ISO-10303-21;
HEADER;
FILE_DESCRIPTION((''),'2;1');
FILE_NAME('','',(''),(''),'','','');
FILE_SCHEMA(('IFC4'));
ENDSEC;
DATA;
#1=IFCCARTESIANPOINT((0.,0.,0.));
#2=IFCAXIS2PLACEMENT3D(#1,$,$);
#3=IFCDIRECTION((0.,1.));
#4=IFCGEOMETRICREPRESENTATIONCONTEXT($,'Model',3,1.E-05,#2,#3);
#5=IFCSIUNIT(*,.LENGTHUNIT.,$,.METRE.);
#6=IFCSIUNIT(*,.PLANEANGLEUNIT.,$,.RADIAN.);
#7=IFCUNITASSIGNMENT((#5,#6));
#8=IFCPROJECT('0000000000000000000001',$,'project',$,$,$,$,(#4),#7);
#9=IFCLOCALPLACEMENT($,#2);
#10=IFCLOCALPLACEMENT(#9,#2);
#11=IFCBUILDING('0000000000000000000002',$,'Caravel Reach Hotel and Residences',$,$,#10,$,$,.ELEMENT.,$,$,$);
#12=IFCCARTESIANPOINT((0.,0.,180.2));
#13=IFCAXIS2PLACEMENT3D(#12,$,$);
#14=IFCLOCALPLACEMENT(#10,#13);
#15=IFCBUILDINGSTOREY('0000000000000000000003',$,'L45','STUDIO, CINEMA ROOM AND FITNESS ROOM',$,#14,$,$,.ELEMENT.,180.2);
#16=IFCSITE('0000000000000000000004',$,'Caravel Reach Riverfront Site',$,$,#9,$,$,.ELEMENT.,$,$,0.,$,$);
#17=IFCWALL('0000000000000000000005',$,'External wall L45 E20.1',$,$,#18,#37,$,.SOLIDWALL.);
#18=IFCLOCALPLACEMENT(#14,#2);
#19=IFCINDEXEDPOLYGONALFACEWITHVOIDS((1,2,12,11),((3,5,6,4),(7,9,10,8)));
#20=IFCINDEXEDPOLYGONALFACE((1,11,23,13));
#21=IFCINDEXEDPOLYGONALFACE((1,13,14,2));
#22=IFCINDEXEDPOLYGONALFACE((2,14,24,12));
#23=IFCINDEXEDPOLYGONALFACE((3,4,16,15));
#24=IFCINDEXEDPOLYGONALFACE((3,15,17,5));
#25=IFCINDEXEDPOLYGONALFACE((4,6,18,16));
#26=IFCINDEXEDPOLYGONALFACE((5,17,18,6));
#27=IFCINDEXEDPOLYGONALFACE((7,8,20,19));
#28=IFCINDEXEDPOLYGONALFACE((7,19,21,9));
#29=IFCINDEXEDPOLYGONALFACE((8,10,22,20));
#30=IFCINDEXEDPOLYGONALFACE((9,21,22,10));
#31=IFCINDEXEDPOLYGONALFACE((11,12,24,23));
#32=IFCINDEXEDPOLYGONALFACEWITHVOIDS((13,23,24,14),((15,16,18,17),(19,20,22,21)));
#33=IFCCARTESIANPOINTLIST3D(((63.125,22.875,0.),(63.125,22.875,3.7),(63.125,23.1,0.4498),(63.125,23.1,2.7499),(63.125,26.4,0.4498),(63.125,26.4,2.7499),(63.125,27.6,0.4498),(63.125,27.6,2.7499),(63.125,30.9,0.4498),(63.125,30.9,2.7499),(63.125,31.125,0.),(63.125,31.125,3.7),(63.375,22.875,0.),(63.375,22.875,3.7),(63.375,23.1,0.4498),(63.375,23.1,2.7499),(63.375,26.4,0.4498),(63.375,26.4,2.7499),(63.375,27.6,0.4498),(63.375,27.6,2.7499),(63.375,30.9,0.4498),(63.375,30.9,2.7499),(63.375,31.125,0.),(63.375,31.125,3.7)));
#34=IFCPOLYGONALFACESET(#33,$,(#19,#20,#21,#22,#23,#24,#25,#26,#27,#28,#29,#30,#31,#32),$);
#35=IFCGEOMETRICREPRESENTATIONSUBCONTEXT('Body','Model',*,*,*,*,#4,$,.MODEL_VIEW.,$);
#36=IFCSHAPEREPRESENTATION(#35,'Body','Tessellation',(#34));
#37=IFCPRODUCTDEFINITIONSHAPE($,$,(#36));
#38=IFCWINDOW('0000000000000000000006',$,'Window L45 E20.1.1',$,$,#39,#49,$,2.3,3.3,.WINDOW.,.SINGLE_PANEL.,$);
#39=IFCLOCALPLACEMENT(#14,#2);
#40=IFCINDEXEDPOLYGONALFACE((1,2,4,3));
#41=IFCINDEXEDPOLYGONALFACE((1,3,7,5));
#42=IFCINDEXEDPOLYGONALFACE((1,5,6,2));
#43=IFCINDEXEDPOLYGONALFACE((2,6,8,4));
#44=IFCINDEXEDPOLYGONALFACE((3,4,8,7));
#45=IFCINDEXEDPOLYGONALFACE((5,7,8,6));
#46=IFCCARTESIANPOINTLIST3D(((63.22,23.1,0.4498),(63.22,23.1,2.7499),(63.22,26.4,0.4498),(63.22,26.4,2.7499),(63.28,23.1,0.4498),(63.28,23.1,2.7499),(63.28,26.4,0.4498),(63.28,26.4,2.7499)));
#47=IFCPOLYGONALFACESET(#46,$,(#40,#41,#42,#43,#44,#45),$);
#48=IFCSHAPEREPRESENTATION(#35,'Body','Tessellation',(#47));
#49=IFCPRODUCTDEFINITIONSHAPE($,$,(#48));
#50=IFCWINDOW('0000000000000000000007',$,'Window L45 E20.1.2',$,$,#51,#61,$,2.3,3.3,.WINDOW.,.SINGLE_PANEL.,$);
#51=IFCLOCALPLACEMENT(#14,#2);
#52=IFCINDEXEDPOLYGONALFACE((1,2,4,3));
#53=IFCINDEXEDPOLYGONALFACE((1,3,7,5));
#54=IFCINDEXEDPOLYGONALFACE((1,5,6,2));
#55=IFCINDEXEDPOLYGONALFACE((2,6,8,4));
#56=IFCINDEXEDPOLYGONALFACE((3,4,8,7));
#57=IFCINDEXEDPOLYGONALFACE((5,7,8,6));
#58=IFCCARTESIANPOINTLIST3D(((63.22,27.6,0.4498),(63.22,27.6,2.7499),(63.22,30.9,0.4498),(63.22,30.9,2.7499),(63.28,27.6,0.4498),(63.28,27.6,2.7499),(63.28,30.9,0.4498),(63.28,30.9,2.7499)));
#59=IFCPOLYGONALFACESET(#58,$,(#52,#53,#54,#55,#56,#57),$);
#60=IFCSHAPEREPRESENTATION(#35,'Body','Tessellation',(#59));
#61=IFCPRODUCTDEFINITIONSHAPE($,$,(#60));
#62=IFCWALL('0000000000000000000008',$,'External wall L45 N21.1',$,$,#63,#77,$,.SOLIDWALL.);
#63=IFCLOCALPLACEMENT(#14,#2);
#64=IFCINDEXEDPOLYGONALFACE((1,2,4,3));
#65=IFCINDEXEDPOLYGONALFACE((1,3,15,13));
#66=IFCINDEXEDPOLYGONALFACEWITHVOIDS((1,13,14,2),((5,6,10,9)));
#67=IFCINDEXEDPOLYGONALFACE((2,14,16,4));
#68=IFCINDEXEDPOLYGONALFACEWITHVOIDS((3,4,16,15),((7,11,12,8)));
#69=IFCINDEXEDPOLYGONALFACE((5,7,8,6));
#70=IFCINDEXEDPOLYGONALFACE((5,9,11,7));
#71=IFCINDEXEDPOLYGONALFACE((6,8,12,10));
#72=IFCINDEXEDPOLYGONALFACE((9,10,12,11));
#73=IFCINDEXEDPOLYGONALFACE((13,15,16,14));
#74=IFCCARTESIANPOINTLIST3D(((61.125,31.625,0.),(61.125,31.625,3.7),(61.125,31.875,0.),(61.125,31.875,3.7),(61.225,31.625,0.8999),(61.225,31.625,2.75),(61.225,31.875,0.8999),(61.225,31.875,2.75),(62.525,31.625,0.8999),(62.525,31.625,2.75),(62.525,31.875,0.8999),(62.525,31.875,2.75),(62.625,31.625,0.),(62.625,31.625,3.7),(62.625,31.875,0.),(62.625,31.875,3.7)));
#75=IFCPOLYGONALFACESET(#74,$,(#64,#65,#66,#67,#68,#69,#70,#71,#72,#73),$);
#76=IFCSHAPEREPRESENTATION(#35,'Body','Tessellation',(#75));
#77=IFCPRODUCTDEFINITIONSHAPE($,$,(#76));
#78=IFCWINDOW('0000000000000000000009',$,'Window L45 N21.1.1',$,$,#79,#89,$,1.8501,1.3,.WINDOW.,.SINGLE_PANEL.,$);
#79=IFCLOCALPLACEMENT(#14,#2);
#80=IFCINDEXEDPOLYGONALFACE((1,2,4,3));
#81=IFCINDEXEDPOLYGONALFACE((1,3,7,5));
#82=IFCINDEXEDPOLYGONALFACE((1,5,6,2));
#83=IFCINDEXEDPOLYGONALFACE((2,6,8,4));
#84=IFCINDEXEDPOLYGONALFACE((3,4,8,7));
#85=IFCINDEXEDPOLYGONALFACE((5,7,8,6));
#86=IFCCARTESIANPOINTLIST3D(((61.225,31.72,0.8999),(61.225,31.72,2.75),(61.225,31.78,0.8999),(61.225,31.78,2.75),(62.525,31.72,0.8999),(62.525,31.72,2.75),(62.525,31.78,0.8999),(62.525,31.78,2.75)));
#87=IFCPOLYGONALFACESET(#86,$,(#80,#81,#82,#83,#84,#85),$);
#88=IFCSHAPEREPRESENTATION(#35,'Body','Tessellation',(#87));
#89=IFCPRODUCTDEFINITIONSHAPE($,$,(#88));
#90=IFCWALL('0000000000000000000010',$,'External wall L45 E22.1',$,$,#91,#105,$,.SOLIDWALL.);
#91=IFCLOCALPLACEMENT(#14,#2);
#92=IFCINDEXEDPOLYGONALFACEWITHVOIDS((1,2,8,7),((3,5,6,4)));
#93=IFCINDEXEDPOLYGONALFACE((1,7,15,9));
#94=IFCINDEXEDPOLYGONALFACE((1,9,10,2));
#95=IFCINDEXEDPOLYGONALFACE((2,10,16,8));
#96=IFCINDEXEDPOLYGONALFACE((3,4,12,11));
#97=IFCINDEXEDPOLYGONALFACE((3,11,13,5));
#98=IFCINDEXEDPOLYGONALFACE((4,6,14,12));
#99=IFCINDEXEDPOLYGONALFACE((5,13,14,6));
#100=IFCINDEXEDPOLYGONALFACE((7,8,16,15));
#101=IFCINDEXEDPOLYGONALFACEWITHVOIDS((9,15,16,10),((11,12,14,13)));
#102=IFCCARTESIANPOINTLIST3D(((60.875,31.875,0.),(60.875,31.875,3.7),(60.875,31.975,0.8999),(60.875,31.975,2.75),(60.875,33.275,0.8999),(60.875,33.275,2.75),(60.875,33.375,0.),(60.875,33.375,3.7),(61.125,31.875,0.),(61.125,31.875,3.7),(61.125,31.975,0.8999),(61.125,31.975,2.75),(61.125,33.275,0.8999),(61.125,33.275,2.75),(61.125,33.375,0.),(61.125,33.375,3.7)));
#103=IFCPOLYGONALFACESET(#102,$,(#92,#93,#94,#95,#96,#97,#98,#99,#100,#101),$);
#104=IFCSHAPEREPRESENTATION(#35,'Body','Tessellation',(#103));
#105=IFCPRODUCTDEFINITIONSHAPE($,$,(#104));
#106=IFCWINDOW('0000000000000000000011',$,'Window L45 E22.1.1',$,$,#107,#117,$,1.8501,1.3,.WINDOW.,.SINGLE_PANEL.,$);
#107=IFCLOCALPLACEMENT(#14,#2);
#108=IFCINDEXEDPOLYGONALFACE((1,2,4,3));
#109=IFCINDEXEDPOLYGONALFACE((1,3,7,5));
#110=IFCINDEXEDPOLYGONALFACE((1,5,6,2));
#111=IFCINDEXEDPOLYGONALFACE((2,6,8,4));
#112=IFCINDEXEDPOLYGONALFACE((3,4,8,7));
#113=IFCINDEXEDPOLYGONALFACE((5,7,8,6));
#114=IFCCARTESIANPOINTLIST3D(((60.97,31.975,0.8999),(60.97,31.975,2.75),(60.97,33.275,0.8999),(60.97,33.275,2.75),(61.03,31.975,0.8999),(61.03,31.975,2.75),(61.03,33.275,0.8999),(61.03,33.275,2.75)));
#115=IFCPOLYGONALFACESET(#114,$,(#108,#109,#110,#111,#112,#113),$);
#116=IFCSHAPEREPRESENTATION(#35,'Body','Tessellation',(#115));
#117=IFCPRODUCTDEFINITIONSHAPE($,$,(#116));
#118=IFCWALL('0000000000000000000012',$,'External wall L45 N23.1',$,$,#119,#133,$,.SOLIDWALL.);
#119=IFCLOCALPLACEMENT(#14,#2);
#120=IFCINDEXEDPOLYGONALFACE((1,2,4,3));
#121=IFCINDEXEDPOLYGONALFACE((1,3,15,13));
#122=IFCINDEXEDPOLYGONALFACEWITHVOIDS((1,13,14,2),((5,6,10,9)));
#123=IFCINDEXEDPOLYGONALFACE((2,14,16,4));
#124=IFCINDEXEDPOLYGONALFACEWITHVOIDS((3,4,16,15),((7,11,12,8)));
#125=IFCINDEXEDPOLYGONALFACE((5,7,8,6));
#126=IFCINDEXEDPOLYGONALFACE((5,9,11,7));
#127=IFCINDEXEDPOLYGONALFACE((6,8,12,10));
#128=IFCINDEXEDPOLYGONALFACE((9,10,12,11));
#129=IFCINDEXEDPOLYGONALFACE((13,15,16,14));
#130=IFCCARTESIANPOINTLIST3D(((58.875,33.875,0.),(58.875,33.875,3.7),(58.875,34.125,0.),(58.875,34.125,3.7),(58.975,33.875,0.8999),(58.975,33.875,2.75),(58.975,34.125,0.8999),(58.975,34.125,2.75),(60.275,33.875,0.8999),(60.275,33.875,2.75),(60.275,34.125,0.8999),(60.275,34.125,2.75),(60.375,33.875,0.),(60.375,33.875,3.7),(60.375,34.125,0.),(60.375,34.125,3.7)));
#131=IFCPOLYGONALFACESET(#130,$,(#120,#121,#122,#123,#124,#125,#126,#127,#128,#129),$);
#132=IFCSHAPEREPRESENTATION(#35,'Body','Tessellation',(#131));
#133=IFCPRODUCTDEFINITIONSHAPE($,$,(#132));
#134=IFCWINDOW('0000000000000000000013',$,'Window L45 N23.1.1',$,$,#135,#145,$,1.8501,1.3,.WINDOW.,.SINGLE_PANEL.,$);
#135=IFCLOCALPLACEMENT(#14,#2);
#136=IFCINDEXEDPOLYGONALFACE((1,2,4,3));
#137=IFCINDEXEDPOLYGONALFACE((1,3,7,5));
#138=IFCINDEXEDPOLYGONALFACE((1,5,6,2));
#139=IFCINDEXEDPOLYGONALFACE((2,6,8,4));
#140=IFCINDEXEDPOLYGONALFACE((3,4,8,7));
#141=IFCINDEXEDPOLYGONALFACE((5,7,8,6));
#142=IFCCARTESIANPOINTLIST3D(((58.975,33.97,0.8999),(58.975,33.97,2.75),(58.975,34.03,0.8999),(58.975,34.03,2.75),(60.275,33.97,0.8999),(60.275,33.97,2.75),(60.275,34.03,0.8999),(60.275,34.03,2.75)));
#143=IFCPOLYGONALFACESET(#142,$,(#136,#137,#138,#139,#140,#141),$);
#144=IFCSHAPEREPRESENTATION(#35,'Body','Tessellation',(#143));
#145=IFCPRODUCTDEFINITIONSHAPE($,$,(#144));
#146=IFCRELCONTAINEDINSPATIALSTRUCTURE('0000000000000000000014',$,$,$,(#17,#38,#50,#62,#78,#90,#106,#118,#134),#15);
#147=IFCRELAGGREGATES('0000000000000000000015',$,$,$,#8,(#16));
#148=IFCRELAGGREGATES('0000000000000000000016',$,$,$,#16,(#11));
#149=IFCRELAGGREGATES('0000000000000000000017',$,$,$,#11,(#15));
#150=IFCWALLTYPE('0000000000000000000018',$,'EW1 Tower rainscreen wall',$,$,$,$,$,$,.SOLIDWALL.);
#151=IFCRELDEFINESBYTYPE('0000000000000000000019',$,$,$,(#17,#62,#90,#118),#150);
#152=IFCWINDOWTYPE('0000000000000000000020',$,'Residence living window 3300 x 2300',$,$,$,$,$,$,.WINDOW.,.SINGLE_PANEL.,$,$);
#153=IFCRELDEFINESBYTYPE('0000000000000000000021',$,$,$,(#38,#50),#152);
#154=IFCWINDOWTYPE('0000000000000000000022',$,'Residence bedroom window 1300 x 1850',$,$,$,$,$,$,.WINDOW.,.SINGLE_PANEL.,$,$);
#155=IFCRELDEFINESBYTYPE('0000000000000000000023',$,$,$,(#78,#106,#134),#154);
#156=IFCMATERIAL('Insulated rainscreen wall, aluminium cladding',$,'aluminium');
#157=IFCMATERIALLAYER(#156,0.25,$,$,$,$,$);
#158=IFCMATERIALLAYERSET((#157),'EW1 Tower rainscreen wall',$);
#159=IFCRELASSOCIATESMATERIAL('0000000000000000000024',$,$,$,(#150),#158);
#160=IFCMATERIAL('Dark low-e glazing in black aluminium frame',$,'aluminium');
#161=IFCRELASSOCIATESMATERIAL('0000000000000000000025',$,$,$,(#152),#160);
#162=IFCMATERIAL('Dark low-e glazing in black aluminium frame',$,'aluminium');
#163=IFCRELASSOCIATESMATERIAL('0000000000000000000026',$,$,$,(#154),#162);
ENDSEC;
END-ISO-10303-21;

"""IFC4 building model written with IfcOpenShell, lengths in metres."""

from ifc_helpers import new_model, si_unit, direction, frame, frame_2d, origin, place, context, subcontext, project, spatial, rectangle, extrude, material, layer, layer_set, type_object, element, fill, save


model = new_model("IFC4")

# Units and contexts
model_context = context("Model", 3, precision=1e-05, world=origin(), true_north=direction((0.0, 1.0)))
body_context = subcontext(model_context, "Body", "Model", "MODEL_VIEW")
ifc_project = project(units=[si_unit("LENGTHUNIT", "METRE"), si_unit("PLANEANGLEUNIT", "RADIAN")], contexts=[model_context])

# Site, building, storey
site_placement = place(None, origin())
site = spatial("IfcSite", under=ifc_project, at=site_placement, Name="Caravel Reach Riverfront Site", CompositionType="ELEMENT", RefElevation=0.0)
building_placement = place(site_placement, origin())
building = spatial("IfcBuilding", under=site, at=building_placement, Name="Caravel Reach Hotel and Residences", CompositionType="ELEMENT")
storey_placement = place(building_placement, frame((0.0, 0.0, 180.2)))
storey = spatial("IfcBuildingStorey", under=building, at=storey_placement, Name="L45", Description="STUDIO, CINEMA ROOM AND FITNESS ROOM", CompositionType="ELEMENT", Elevation=180.2)

# Wall, openings, windows
ifc_material_1 = material(Name="Insulated rainscreen wall, aluminium cladding", Category="aluminium")
ifc_layer_1 = layer(ifc_material_1, 0.25)
ifc_layer_set_1 = layer_set([ifc_layer_1], Name="EW1 Tower rainscreen wall")
wall_type_1 = type_object("IfcWallType", Name="EW1 Tower rainscreen wall", PredefinedType="SOLIDWALL", material=ifc_layer_set_1)
wall_1_placement = place(storey_placement, frame((63.25, 22.875, 0.0), z_axis=(0.0, 0.0, 1.0), x_axis=(0.0, 1.0, 0.0)))
wall_1 = element("IfcWall", 1, at=wall_1_placement, inside=storey, type_object=wall_type_1, Name="External wall L45 E20.1", PredefinedType="SOLIDWALL", context=body_context, shape_type="SweptSolid", body=[
    extrude(rectangle(XDim=8.25, YDim=0.25, at=frame_2d((4.125, 0.0))), origin(), (0.0, 0.0, 1.0), 3.7),
])
opening_1_placement = place(wall_1_placement, frame((0.2251, 0.0, 0.45)))
opening_1 = element("IfcOpeningElement", 2, at=opening_1_placement, cuts=wall_1, PredefinedType="OPENING", context=body_context, shape_type="SweptSolid", body=[
    extrude(rectangle(XDim=3.3, YDim=2.3, at=frame_2d((1.6499, 1.1499))), frame((0.0, 0.135, 0.0), z_axis=(0.0, -1.0, 0.0), x_axis=(1.0, 0.0, 0.0)), (0.0, 0.0, 1.0), 0.27),
])
opening_2_placement = place(wall_1_placement, frame((4.7251, 0.0, 0.45)))
opening_2 = element("IfcOpeningElement", 3, at=opening_2_placement, cuts=wall_1, PredefinedType="OPENING", context=body_context, shape_type="SweptSolid", body=[
    extrude(rectangle(XDim=3.3, YDim=2.3, at=frame_2d((1.6499, 1.1499))), frame((0.0, 0.135, 0.0), z_axis=(0.0, -1.0, 0.0), x_axis=(1.0, 0.0, 0.0)), (0.0, 0.0, 1.0), 0.27),
])
ifc_material_2 = material(Name="Dark low-e glazing in black aluminium frame", Category="aluminium")
window_type_1 = type_object("IfcWindowType", Name="Residence living window 3300 x 2300", PartitioningType="SINGLE_PANEL", PredefinedType="WINDOW", material=ifc_material_2)
window_1_placement = place(opening_1_placement, origin())
window_1 = element("IfcWindow", 4, at=window_1_placement, inside=storey, type_object=window_type_1, Name="Window L45 E20.1.1", OverallHeight=2.3, OverallWidth=3.3, PartitioningType="SINGLE_PANEL", PredefinedType="WINDOW", context=body_context, shape_type="SweptSolid", body=[
    extrude(rectangle(XDim=3.3, YDim=2.3, at=frame_2d((1.6499, 1.1499))), frame((0.0, 0.03, 0.0), z_axis=(0.0, -1.0, 0.0), x_axis=(1.0, 0.0, 0.0)), (0.0, 0.0, 1.0), 0.0601),
])
fill(opening_1, window_1)
window_2_placement = place(opening_2_placement, origin())
window_2 = element("IfcWindow", 5, at=window_2_placement, inside=storey, type_object=window_type_1, Name="Window L45 E20.1.2", OverallHeight=2.3, OverallWidth=3.3, PartitioningType="SINGLE_PANEL", PredefinedType="WINDOW", context=body_context, shape_type="SweptSolid", body=[
    extrude(rectangle(XDim=3.3, YDim=2.3, at=frame_2d((1.6499, 1.1499))), frame((0.0, 0.03, 0.0), z_axis=(0.0, -1.0, 0.0), x_axis=(1.0, 0.0, 0.0)), (0.0, 0.0, 1.0), 0.0601),
])
fill(opening_2, window_2)

# Walls, openings, windows
wall_2_placement = place(storey_placement, frame((62.625, 31.75, 0.0), z_axis=(0.0, 0.0, 1.0), x_axis=(-1.0, 0.0, 0.0)))
wall_2 = element("IfcWall", 6, at=wall_2_placement, inside=storey, type_object=wall_type_1, Name="External wall L45 N21.1", PredefinedType="SOLIDWALL", context=body_context, shape_type="SweptSolid", body=[
    extrude(rectangle(XDim=1.5, YDim=0.25, at=frame_2d((0.75, 0.0))), origin(), (0.0, 0.0, 1.0), 3.7),
])
opening_3_placement = place(wall_2_placement, frame((0.1001, 0.0, 0.8999)))
opening_3 = element("IfcOpeningElement", 7, at=opening_3_placement, cuts=wall_2, PredefinedType="OPENING", context=body_context, shape_type="SweptSolid", body=[
    extrude(rectangle(XDim=1.3, YDim=1.8501, at=frame_2d((0.6499, 0.925))), frame((0.0, 0.135, 0.0), z_axis=(0.0, -1.0, 0.0), x_axis=(1.0, 0.0, 0.0)), (0.0, 0.0, 1.0), 0.27),
])
ifc_material_3 = material(Name="Dark low-e glazing in black aluminium frame", Category="aluminium")
window_type_2 = type_object("IfcWindowType", Name="Residence bedroom window 1300 x 1850", PartitioningType="SINGLE_PANEL", PredefinedType="WINDOW", material=ifc_material_3)
window_3_placement = place(opening_3_placement, origin())
window_3 = element("IfcWindow", 8, at=window_3_placement, inside=storey, type_object=window_type_2, Name="Window L45 N21.1.1", OverallHeight=1.8501, OverallWidth=1.3, PartitioningType="SINGLE_PANEL", PredefinedType="WINDOW", context=body_context, shape_type="SweptSolid", body=[
    extrude(rectangle(XDim=1.3, YDim=1.8501, at=frame_2d((0.6499, 0.925))), frame((0.0, 0.03, 0.0), z_axis=(0.0, -1.0, 0.0), x_axis=(1.0, 0.0, 0.0)), (0.0, 0.0, 1.0), 0.0601),
])
fill(opening_3, window_3)
wall_3_placement = place(storey_placement, frame((61.0, 31.875, 0.0), z_axis=(0.0, 0.0, 1.0), x_axis=(0.0, 1.0, 0.0)))
wall_3 = element("IfcWall", 9, at=wall_3_placement, inside=storey, type_object=wall_type_1, Name="External wall L45 E22.1", PredefinedType="SOLIDWALL", context=body_context, shape_type="SweptSolid", body=[
    extrude(rectangle(XDim=1.5, YDim=0.25, at=frame_2d((0.75, 0.0))), origin(), (0.0, 0.0, 1.0), 3.7),
])
opening_4_placement = place(wall_3_placement, frame((0.1001, 0.0, 0.8999)))
opening_4 = element("IfcOpeningElement", 10, at=opening_4_placement, cuts=wall_3, PredefinedType="OPENING", context=body_context, shape_type="SweptSolid", body=[
    extrude(rectangle(XDim=1.3, YDim=1.8501, at=frame_2d((0.6499, 0.925))), frame((0.0, 0.135, 0.0), z_axis=(0.0, -1.0, 0.0), x_axis=(1.0, 0.0, 0.0)), (0.0, 0.0, 1.0), 0.27),
])
window_4_placement = place(opening_4_placement, origin())
window_4 = element("IfcWindow", 11, at=window_4_placement, inside=storey, type_object=window_type_2, Name="Window L45 E22.1.1", OverallHeight=1.8501, OverallWidth=1.3, PartitioningType="SINGLE_PANEL", PredefinedType="WINDOW", context=body_context, shape_type="SweptSolid", body=[
    extrude(rectangle(XDim=1.3, YDim=1.8501, at=frame_2d((0.6499, 0.925))), frame((0.0, 0.03, 0.0), z_axis=(0.0, -1.0, 0.0), x_axis=(1.0, 0.0, 0.0)), (0.0, 0.0, 1.0), 0.0601),
])
fill(opening_4, window_4)
wall_4_placement = place(storey_placement, frame((60.375, 34.0, 0.0), z_axis=(0.0, 0.0, 1.0), x_axis=(-1.0, 0.0, 0.0)))
wall_4 = element("IfcWall", 12, at=wall_4_placement, inside=storey, type_object=wall_type_1, Name="External wall L45 N23.1", PredefinedType="SOLIDWALL", context=body_context, shape_type="SweptSolid", body=[
    extrude(rectangle(XDim=1.5, YDim=0.25, at=frame_2d((0.75, 0.0))), origin(), (0.0, 0.0, 1.0), 3.7),
])
opening_5_placement = place(wall_4_placement, frame((0.1001, 0.0, 0.8999)))
opening_5 = element("IfcOpeningElement", 13, at=opening_5_placement, cuts=wall_4, PredefinedType="OPENING", context=body_context, shape_type="SweptSolid", body=[
    extrude(rectangle(XDim=1.3, YDim=1.8501, at=frame_2d((0.6499, 0.925))), frame((0.0, 0.135, 0.0), z_axis=(0.0, -1.0, 0.0), x_axis=(1.0, 0.0, 0.0)), (0.0, 0.0, 1.0), 0.27),
])
window_5_placement = place(opening_5_placement, origin())
window_5 = element("IfcWindow", 14, at=window_5_placement, inside=storey, type_object=window_type_2, Name="Window L45 N23.1.1", OverallHeight=1.8501, OverallWidth=1.3, PartitioningType="SINGLE_PANEL", PredefinedType="WINDOW", context=body_context, shape_type="SweptSolid", body=[
    extrude(rectangle(XDim=1.3, YDim=1.8501, at=frame_2d((0.6499, 0.925))), frame((0.0, 0.03, 0.0), z_axis=(0.0, -1.0, 0.0), x_axis=(1.0, 0.0, 0.0)), (0.0, 0.0, 1.0), 0.0601),
])
fill(opening_5, window_5)

save(model, "model.ifc")
